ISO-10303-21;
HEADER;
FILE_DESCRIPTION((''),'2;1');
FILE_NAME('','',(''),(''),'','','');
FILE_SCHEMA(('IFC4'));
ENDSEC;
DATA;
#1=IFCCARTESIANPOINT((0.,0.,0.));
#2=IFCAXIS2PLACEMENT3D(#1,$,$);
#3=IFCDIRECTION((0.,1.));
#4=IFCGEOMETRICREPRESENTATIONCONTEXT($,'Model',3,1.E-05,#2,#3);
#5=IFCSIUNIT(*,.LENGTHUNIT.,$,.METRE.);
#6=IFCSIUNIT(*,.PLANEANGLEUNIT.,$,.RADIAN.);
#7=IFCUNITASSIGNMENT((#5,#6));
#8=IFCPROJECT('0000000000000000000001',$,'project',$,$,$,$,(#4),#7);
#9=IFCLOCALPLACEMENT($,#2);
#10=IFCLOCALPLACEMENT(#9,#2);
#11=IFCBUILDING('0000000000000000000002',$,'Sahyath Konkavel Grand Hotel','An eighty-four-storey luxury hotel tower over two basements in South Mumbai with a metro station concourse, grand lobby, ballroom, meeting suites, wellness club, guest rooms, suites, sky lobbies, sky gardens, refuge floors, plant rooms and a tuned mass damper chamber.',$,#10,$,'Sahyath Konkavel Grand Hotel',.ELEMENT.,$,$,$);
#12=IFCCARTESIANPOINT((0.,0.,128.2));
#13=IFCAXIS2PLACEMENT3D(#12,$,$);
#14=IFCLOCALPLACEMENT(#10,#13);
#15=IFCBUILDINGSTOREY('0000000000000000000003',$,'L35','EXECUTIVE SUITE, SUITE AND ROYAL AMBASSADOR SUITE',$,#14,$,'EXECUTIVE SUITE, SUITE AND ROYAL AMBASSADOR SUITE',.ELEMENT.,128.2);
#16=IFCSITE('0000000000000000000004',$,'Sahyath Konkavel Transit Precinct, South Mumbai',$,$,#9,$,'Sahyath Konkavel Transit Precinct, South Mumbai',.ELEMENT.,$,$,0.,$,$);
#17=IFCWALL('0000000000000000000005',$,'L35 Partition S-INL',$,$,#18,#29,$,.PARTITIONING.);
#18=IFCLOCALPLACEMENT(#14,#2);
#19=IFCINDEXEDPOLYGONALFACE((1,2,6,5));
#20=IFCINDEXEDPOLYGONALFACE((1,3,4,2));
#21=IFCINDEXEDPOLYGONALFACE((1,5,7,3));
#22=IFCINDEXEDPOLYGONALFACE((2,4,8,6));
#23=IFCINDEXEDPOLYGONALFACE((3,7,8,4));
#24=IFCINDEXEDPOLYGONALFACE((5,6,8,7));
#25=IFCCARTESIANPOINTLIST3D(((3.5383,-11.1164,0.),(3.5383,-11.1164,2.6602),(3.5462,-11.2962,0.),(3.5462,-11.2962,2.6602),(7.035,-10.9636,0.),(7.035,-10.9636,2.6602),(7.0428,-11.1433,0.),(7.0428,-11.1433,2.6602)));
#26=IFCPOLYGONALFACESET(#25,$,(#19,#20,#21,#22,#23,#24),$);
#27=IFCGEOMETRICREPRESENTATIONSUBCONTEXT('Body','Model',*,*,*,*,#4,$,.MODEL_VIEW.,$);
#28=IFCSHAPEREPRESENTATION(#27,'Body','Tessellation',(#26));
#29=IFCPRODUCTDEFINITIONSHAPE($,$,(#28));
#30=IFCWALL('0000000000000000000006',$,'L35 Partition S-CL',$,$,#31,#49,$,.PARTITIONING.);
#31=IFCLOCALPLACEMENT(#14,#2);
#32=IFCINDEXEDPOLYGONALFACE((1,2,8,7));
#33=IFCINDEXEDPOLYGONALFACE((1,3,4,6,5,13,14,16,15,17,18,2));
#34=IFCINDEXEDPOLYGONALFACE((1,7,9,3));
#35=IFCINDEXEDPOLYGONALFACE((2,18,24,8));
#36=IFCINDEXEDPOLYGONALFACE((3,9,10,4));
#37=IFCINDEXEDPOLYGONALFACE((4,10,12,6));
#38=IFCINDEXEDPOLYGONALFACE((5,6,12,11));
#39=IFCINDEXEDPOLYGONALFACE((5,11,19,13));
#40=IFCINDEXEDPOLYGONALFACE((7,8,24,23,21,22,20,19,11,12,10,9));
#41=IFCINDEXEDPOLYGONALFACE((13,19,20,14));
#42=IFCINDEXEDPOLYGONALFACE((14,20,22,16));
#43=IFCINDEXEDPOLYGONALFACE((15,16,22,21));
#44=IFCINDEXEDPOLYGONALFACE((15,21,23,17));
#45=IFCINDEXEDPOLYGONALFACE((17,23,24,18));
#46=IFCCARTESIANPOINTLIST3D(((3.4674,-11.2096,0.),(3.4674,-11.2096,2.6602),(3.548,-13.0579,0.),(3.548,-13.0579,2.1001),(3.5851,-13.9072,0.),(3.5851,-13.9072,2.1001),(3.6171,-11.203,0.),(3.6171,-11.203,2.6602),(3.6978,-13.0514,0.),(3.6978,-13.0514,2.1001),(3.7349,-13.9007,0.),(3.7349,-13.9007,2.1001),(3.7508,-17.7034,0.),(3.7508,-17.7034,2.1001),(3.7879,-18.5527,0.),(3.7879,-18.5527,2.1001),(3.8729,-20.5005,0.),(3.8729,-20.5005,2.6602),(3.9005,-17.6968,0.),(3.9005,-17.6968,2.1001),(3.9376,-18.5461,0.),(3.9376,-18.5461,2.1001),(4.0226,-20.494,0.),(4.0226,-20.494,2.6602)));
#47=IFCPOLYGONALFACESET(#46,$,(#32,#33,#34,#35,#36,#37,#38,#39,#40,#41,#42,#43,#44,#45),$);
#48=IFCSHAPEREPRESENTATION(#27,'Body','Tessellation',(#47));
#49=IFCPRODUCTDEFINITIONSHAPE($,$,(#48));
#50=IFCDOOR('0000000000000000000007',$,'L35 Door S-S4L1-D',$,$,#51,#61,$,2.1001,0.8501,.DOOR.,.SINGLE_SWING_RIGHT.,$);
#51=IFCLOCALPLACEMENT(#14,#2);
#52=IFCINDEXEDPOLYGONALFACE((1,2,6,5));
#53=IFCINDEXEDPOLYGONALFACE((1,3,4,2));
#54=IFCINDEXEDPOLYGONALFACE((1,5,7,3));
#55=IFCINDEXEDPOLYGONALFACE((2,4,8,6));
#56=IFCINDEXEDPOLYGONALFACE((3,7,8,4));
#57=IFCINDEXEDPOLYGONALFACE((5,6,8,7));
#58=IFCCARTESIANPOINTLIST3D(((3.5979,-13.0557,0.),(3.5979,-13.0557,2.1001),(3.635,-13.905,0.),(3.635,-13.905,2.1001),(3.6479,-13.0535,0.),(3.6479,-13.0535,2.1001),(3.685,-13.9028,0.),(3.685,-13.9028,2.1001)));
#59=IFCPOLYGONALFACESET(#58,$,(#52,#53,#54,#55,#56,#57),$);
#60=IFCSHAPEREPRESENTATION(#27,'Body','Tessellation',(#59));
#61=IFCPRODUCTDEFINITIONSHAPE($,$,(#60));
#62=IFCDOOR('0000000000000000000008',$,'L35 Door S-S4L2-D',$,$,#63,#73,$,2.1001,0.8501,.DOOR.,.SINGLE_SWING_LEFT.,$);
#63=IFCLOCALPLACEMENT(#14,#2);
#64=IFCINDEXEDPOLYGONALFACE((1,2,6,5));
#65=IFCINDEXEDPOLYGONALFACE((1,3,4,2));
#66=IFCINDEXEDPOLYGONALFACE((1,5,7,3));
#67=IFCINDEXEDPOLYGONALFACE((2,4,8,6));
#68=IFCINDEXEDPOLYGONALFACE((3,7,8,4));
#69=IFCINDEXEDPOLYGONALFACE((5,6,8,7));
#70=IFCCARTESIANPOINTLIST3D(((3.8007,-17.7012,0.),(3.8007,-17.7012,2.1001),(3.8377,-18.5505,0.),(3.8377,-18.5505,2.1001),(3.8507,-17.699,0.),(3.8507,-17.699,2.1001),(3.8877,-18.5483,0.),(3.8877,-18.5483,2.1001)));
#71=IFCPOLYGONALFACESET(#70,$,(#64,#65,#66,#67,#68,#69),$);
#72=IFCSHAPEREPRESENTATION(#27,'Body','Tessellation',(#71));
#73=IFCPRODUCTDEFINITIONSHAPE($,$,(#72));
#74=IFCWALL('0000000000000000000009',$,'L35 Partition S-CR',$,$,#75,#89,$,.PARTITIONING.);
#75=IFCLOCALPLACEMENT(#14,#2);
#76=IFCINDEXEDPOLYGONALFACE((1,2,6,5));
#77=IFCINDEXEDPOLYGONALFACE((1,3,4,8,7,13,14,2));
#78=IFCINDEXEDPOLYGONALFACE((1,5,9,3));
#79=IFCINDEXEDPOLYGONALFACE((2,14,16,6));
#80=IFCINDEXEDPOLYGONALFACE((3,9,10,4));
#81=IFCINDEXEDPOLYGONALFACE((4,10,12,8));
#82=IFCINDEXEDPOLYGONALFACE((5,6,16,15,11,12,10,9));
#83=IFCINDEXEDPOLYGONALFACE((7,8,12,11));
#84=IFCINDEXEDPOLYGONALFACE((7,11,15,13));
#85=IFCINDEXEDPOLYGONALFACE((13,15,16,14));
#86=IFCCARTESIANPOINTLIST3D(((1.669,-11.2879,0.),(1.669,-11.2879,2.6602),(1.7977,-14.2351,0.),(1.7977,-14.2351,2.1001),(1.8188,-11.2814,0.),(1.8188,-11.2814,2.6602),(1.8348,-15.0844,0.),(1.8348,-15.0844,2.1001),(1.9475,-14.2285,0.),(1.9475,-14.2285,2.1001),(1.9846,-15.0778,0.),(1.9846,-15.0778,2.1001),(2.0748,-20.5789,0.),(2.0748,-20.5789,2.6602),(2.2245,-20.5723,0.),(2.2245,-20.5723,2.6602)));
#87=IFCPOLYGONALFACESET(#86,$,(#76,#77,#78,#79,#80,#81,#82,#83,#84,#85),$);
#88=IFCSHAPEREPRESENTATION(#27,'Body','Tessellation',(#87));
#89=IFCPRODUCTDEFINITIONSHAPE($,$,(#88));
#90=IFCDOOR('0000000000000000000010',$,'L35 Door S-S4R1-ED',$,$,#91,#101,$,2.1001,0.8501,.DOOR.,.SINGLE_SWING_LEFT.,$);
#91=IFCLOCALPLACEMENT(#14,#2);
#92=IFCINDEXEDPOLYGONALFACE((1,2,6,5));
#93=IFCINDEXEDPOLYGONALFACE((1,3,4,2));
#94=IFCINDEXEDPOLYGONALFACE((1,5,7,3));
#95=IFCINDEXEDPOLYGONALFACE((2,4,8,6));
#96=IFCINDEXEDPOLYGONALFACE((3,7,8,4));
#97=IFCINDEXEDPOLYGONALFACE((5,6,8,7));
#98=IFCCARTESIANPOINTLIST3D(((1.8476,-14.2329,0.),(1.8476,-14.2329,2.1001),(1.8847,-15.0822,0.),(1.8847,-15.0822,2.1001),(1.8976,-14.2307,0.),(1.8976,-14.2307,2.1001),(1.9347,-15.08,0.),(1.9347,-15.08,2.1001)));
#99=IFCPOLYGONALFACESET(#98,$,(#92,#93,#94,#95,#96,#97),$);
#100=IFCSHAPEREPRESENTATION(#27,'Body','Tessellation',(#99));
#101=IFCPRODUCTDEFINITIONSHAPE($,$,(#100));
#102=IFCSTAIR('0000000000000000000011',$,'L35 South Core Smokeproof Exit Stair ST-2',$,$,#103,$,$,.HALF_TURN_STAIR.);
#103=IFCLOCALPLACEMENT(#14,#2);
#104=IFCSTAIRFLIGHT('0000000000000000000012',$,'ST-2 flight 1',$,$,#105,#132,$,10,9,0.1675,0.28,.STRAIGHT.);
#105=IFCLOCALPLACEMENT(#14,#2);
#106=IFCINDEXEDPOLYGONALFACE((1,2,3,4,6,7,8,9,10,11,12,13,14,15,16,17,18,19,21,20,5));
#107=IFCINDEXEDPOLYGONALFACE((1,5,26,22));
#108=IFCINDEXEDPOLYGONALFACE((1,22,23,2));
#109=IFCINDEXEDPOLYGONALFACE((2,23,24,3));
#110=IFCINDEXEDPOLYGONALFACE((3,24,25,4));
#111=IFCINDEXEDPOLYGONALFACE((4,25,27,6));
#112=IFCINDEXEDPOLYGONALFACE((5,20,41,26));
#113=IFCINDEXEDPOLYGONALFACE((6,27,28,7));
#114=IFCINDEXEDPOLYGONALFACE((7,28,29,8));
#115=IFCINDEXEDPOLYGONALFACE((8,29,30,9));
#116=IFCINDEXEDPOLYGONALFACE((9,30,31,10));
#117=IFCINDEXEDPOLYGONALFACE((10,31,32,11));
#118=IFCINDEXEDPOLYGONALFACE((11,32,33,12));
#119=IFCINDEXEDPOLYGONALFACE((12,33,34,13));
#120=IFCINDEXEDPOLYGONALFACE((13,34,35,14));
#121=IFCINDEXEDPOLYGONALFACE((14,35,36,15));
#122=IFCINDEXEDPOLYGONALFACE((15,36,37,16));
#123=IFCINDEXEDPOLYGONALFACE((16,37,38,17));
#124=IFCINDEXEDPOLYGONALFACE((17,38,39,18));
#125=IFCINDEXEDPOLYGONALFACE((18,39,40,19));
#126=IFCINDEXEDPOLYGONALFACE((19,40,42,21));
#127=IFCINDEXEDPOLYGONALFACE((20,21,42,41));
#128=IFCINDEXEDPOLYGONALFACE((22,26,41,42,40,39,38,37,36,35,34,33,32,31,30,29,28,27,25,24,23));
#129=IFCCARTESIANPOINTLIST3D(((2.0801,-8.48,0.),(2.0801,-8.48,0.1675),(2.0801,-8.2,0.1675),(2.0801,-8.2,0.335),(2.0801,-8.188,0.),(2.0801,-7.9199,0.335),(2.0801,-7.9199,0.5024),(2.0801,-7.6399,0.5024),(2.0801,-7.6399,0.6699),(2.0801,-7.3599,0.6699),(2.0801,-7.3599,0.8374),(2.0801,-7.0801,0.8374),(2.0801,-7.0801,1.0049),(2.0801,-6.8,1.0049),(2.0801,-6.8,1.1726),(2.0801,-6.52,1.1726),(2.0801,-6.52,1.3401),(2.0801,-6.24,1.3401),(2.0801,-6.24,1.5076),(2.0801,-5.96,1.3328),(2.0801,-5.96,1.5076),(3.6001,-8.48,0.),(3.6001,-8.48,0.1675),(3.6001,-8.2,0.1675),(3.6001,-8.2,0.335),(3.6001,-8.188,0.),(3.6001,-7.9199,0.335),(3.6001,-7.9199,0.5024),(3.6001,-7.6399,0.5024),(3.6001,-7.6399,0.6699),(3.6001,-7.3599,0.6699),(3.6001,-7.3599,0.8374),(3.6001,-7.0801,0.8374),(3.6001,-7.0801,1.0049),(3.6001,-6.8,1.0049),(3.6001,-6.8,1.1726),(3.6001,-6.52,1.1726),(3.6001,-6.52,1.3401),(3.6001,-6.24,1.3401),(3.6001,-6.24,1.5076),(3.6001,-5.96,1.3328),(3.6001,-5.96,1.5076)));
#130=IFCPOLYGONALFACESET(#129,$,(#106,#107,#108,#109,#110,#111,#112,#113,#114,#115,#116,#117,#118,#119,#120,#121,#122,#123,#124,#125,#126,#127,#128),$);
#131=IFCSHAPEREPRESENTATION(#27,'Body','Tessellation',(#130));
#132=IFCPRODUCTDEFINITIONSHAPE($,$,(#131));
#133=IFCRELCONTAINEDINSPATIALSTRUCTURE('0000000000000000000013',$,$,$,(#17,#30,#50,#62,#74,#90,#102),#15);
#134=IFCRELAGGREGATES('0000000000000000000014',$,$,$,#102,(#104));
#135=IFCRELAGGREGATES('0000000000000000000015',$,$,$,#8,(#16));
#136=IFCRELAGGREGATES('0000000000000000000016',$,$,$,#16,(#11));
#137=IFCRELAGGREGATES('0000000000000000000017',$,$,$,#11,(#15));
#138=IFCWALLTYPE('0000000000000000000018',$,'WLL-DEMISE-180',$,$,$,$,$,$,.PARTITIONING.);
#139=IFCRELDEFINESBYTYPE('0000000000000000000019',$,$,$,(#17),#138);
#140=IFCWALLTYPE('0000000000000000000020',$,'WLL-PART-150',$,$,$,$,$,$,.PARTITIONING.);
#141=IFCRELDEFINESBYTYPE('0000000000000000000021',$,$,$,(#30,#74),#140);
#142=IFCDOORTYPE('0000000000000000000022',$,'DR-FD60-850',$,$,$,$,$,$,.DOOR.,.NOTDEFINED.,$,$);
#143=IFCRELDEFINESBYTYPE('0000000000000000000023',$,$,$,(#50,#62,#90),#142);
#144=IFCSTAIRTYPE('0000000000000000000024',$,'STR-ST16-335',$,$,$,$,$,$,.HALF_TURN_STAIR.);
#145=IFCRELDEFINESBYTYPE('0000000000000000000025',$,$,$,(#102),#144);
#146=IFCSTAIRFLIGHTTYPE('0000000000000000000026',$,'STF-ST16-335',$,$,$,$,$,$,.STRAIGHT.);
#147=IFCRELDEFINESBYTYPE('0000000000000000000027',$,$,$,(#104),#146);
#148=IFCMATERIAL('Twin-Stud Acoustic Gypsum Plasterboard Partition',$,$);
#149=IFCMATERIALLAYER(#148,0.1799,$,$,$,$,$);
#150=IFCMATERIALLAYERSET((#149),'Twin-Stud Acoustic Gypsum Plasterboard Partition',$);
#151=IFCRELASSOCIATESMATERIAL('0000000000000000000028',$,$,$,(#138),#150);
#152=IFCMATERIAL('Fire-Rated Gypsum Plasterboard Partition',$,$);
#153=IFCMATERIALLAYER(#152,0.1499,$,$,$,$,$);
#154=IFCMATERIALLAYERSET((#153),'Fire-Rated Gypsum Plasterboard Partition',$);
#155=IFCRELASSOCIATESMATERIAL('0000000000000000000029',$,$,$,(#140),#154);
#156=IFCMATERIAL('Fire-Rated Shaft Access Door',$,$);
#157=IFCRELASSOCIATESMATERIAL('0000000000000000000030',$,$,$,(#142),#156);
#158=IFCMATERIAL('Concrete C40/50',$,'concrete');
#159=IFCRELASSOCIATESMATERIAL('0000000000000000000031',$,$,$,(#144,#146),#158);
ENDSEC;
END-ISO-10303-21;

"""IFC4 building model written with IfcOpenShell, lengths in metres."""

from ifc_helpers import new_model, si_unit, direction, frame, frame_2d, origin, origin_2d, place, context, subcontext, project, spatial, polyline, rectangle, outline, extrude, source, transform, mapped, material, layer, layer_set, type_object, element, fill, aggregate, save


model = new_model("IFC4")

# Units and contexts
model_context = context("Model", 3, precision=1e-05, world=origin(), true_north=direction((0.0, 1.0)))
body_context = subcontext(model_context, "Body", "Model", "MODEL_VIEW")
ifc_project = project(units=[si_unit("LENGTHUNIT", "METRE"), si_unit("PLANEANGLEUNIT", "RADIAN")], contexts=[model_context])

# Site, building, storey
site_placement = place(None, origin())
site = spatial("IfcSite", under=ifc_project, at=site_placement, Name="Sahyath Konkavel Transit Precinct, South Mumbai", LongName="Sahyath Konkavel Transit Precinct, South Mumbai", CompositionType="ELEMENT", RefElevation=0.0)
building_placement = place(site_placement, origin())
building = spatial("IfcBuilding", under=site, at=building_placement, Name="Sahyath Konkavel Grand Hotel", Description="An eighty-four-storey luxury hotel tower over two basements in South Mumbai with a metro station concourse, grand lobby, ballroom, meeting suites, wellness club, guest rooms, suites, sky lobbies, sky gardens, refuge floors, plant rooms and a tuned mass damper chamber.", LongName="Sahyath Konkavel Grand Hotel", CompositionType="ELEMENT")
storey_placement = place(building_placement, frame((0.0, 0.0, 128.2)))
storey = spatial("IfcBuildingStorey", under=building, at=storey_placement, Name="L35", Description="EXECUTIVE SUITE, SUITE AND ROYAL AMBASSADOR SUITE", LongName="EXECUTIVE SUITE, SUITE AND ROYAL AMBASSADOR SUITE", CompositionType="ELEMENT", Elevation=128.2)

# Shared definitions
ifc_material_1 = material(Name="Concrete C40/50", Category="concrete")

# Wall
ifc_material_2 = material(Name="Twin-Stud Acoustic Gypsum Plasterboard Partition")
ifc_layer_1 = layer(ifc_material_2, 0.1799)
ifc_layer_set_1 = layer_set([ifc_layer_1], Name="Twin-Stud Acoustic Gypsum Plasterboard Partition")
wall_type_1 = type_object("IfcWallType", Name="WLL-DEMISE-180", PredefinedType="PARTITIONING", material=ifc_layer_set_1)
wall_1_placement = place(storey_placement, frame((3.5422, -11.2063, 0.0), z_axis=(0.0, 0.0, 1.0), x_axis=(0.999046, 0.043667, 0.0)))
element("IfcWall", 1, at=wall_1_placement, inside=storey, type_object=wall_type_1, Name="L35 Partition S-INL", PredefinedType="PARTITIONING", context=body_context, shape_type="SweptSolid", body=[
    extrude(rectangle(XDim=3.5, YDim=0.1799, at=frame_2d((1.75, 0.0))), origin(), (0.0, 0.0, 1.0), 2.6602),
])

# Wall, openings, doors
ifc_material_3 = material(Name="Fire-Rated Gypsum Plasterboard Partition")
ifc_layer_2 = layer(ifc_material_3, 0.1499)
ifc_layer_set_2 = layer_set([ifc_layer_2], Name="Fire-Rated Gypsum Plasterboard Partition")
wall_type_2 = type_object("IfcWallType", Name="WLL-PART-150", PredefinedType="PARTITIONING", material=ifc_layer_set_2)
wall_2_placement = place(storey_placement, frame((3.5422, -11.2063, 0.0), z_axis=(0.0, 0.0, 1.0), x_axis=(0.043605, -0.999049, 0.0)))
wall_2 = element("IfcWall", 2, at=wall_2_placement, inside=storey, type_object=wall_type_2, Name="L35 Partition S-CL", PredefinedType="PARTITIONING", context=body_context, shape_type="SweptSolid", body=[
    extrude(rectangle(XDim=9.2998, YDim=0.1499, at=frame_2d((4.6499, 0.0))), origin(), (0.0, 0.0, 1.0), 2.6602),
])
opening_1_placement = place(wall_2_placement, frame((1.8501, 0.0, 0.0)))
opening_1 = element("IfcOpeningElement", 3, at=opening_1_placement, cuts=wall_2, PredefinedType="OPENING", context=body_context, shape_type="SweptSolid", body=[
    extrude(rectangle(XDim=0.8501, YDim=2.1001, at=frame_2d((0.425, 1.05))), frame((0.0, 0.085, 0.0), z_axis=(0.0, -1.0, 0.0), x_axis=(1.0, 0.0, 0.0)), (0.0, 0.0, 1.0), 0.1699),
])
opening_2_placement = place(wall_2_placement, frame((6.5, 0.0, 0.0)))
opening_2 = element("IfcOpeningElement", 4, at=opening_2_placement, cuts=wall_2, PredefinedType="OPENING", context=body_context, shape_type="SweptSolid", body=[
    extrude(rectangle(XDim=0.8501, YDim=2.1001, at=frame_2d((0.425, 1.05))), frame((0.0, 0.085, 0.0), z_axis=(0.0, -1.0, 0.0), x_axis=(1.0, 0.0, 0.0)), (0.0, 0.0, 1.0), 0.1699),
])
ifc_material_4 = material(Name="Fire-Rated Shaft Access Door")
door_type_1 = type_object("IfcDoorType", Name="DR-FD60-850", OperationType="NOTDEFINED", PredefinedType="DOOR", material=ifc_material_4)
shared_shape_1 = source(origin(), body_context, "Body", "SweptSolid", [
    extrude(rectangle(XDim=0.8501, YDim=0.05, at=origin_2d()), origin(), (0.0, 0.0, 1.0), 2.1001),
])
door_1_placement = place(opening_1_placement, frame((0.425, 0.0, 0.0)))
door_1 = element("IfcDoor", 5, at=door_1_placement, inside=storey, type_object=door_type_1, Name="L35 Door S-S4L1-D", OperationType="SINGLE_SWING_RIGHT", OverallHeight=2.1001, OverallWidth=0.8501, PredefinedType="DOOR", context=body_context, shape_type="MappedRepresentation", body=[
    mapped(shared_shape_1, transform((0.0, 0.0, 0.0), scale=1.0)),
])
fill(opening_1, door_1)
door_2_placement = place(opening_2_placement, frame((0.425, 0.0, 0.0)))
door_2 = element("IfcDoor", 6, at=door_2_placement, inside=storey, type_object=door_type_1, Name="L35 Door S-S4L2-D", OperationType="SINGLE_SWING_LEFT", OverallHeight=2.1001, OverallWidth=0.8501, PredefinedType="DOOR", context=body_context, shape_type="MappedRepresentation", body=[
    mapped(shared_shape_1, transform((0.0, 0.0, 0.0), scale=1.0)),
])
fill(opening_2, door_2)

# Wall, opening, door
wall_3_placement = place(storey_placement, frame((1.7439, -11.2847, 0.0), z_axis=(0.0, 0.0, 1.0), x_axis=(0.043631, -0.999048, 0.0)))
wall_3 = element("IfcWall", 7, at=wall_3_placement, inside=storey, type_object=wall_type_2, Name="L35 Partition S-CR", PredefinedType="PARTITIONING", context=body_context, shape_type="SweptSolid", body=[
    extrude(rectangle(XDim=9.2998, YDim=0.1499, at=frame_2d((4.6499, 0.0))), origin(), (0.0, 0.0, 1.0), 2.6602),
])
opening_3_placement = place(wall_3_placement, frame((2.95, 0.0, 0.0)))
opening_3 = element("IfcOpeningElement", 8, at=opening_3_placement, cuts=wall_3, PredefinedType="OPENING", context=body_context, shape_type="SweptSolid", body=[
    extrude(rectangle(XDim=0.8501, YDim=2.1001, at=frame_2d((0.425, 1.05))), frame((0.0, 0.085, 0.0), z_axis=(0.0, -1.0, 0.0), x_axis=(1.0, 0.0, 0.0)), (0.0, 0.0, 1.0), 0.1699),
])
door_3_placement = place(opening_3_placement, frame((0.425, 0.0, 0.0)))
door_3 = element("IfcDoor", 9, at=door_3_placement, inside=storey, type_object=door_type_1, Name="L35 Door S-S4R1-ED", OperationType="SINGLE_SWING_LEFT", OverallHeight=2.1001, OverallWidth=0.8501, PredefinedType="DOOR", context=body_context, shape_type="MappedRepresentation", body=[
    mapped(shared_shape_1, transform((0.0, 0.0, 0.0), scale=1.0)),
])
fill(opening_3, door_3)

# Stair, stair flight
stair_type = type_object("IfcStairType", Name="STR-ST16-335", PredefinedType="HALF_TURN_STAIR", material=ifc_material_1)
stair_placement = place(storey_placement, origin())
stair = element("IfcStair", 10, at=stair_placement, inside=storey, type_object=stair_type, Name="L35 South Core Smokeproof Exit Stair ST-2", PredefinedType="HALF_TURN_STAIR")
stair_flight_type = type_object("IfcStairFlightType", Name="STF-ST16-335", PredefinedType="STRAIGHT", material=ifc_material_1)
stair_flight_placement = place(storey_placement, frame((2.8401, -8.48, 0.0), z_axis=(0.0, 0.0, 1.0), x_axis=(0.0, 1.0, 0.0)))
stair_flight = element("IfcStairFlight", 11, at=stair_flight_placement, type_object=stair_flight_type, Name="ST-2 flight 1", NumberOfRisers=10, NumberOfTreads=9, PredefinedType="STRAIGHT", RiserHeight=0.1675, TreadLength=0.28, context=body_context, shape_type="SweptSolid", body=[
    extrude(outline(polyline([(0.0, 0.0), (0.0, 0.1675), (0.28, 0.1675), (0.28, 0.335), (0.5601, 0.335), (0.5601, 0.5024), (0.8401, 0.5024), (0.8401, 0.6699), (1.1201, 0.6699), (1.1201, 0.8374), (1.3999, 0.8374), (1.3999, 1.0049), (1.6799, 1.0049), (1.6799, 1.1726), (1.96, 1.1726), (1.96, 1.3401), (2.24, 1.3401), (2.24, 1.5076), (2.52, 1.5076), (2.52, 1.675), (2.52, 1.3328), (0.292, 0.0), (0.0, 0.0)])), frame((0.0, 0.76, 0.0), z_axis=(0.0, -1.0, 0.0), x_axis=(1.0, 0.0, 0.0)), (0.0, 0.0, 1.0), 1.52),
])
aggregate(stair, [stair_flight])

save(model, "model.ifc")
